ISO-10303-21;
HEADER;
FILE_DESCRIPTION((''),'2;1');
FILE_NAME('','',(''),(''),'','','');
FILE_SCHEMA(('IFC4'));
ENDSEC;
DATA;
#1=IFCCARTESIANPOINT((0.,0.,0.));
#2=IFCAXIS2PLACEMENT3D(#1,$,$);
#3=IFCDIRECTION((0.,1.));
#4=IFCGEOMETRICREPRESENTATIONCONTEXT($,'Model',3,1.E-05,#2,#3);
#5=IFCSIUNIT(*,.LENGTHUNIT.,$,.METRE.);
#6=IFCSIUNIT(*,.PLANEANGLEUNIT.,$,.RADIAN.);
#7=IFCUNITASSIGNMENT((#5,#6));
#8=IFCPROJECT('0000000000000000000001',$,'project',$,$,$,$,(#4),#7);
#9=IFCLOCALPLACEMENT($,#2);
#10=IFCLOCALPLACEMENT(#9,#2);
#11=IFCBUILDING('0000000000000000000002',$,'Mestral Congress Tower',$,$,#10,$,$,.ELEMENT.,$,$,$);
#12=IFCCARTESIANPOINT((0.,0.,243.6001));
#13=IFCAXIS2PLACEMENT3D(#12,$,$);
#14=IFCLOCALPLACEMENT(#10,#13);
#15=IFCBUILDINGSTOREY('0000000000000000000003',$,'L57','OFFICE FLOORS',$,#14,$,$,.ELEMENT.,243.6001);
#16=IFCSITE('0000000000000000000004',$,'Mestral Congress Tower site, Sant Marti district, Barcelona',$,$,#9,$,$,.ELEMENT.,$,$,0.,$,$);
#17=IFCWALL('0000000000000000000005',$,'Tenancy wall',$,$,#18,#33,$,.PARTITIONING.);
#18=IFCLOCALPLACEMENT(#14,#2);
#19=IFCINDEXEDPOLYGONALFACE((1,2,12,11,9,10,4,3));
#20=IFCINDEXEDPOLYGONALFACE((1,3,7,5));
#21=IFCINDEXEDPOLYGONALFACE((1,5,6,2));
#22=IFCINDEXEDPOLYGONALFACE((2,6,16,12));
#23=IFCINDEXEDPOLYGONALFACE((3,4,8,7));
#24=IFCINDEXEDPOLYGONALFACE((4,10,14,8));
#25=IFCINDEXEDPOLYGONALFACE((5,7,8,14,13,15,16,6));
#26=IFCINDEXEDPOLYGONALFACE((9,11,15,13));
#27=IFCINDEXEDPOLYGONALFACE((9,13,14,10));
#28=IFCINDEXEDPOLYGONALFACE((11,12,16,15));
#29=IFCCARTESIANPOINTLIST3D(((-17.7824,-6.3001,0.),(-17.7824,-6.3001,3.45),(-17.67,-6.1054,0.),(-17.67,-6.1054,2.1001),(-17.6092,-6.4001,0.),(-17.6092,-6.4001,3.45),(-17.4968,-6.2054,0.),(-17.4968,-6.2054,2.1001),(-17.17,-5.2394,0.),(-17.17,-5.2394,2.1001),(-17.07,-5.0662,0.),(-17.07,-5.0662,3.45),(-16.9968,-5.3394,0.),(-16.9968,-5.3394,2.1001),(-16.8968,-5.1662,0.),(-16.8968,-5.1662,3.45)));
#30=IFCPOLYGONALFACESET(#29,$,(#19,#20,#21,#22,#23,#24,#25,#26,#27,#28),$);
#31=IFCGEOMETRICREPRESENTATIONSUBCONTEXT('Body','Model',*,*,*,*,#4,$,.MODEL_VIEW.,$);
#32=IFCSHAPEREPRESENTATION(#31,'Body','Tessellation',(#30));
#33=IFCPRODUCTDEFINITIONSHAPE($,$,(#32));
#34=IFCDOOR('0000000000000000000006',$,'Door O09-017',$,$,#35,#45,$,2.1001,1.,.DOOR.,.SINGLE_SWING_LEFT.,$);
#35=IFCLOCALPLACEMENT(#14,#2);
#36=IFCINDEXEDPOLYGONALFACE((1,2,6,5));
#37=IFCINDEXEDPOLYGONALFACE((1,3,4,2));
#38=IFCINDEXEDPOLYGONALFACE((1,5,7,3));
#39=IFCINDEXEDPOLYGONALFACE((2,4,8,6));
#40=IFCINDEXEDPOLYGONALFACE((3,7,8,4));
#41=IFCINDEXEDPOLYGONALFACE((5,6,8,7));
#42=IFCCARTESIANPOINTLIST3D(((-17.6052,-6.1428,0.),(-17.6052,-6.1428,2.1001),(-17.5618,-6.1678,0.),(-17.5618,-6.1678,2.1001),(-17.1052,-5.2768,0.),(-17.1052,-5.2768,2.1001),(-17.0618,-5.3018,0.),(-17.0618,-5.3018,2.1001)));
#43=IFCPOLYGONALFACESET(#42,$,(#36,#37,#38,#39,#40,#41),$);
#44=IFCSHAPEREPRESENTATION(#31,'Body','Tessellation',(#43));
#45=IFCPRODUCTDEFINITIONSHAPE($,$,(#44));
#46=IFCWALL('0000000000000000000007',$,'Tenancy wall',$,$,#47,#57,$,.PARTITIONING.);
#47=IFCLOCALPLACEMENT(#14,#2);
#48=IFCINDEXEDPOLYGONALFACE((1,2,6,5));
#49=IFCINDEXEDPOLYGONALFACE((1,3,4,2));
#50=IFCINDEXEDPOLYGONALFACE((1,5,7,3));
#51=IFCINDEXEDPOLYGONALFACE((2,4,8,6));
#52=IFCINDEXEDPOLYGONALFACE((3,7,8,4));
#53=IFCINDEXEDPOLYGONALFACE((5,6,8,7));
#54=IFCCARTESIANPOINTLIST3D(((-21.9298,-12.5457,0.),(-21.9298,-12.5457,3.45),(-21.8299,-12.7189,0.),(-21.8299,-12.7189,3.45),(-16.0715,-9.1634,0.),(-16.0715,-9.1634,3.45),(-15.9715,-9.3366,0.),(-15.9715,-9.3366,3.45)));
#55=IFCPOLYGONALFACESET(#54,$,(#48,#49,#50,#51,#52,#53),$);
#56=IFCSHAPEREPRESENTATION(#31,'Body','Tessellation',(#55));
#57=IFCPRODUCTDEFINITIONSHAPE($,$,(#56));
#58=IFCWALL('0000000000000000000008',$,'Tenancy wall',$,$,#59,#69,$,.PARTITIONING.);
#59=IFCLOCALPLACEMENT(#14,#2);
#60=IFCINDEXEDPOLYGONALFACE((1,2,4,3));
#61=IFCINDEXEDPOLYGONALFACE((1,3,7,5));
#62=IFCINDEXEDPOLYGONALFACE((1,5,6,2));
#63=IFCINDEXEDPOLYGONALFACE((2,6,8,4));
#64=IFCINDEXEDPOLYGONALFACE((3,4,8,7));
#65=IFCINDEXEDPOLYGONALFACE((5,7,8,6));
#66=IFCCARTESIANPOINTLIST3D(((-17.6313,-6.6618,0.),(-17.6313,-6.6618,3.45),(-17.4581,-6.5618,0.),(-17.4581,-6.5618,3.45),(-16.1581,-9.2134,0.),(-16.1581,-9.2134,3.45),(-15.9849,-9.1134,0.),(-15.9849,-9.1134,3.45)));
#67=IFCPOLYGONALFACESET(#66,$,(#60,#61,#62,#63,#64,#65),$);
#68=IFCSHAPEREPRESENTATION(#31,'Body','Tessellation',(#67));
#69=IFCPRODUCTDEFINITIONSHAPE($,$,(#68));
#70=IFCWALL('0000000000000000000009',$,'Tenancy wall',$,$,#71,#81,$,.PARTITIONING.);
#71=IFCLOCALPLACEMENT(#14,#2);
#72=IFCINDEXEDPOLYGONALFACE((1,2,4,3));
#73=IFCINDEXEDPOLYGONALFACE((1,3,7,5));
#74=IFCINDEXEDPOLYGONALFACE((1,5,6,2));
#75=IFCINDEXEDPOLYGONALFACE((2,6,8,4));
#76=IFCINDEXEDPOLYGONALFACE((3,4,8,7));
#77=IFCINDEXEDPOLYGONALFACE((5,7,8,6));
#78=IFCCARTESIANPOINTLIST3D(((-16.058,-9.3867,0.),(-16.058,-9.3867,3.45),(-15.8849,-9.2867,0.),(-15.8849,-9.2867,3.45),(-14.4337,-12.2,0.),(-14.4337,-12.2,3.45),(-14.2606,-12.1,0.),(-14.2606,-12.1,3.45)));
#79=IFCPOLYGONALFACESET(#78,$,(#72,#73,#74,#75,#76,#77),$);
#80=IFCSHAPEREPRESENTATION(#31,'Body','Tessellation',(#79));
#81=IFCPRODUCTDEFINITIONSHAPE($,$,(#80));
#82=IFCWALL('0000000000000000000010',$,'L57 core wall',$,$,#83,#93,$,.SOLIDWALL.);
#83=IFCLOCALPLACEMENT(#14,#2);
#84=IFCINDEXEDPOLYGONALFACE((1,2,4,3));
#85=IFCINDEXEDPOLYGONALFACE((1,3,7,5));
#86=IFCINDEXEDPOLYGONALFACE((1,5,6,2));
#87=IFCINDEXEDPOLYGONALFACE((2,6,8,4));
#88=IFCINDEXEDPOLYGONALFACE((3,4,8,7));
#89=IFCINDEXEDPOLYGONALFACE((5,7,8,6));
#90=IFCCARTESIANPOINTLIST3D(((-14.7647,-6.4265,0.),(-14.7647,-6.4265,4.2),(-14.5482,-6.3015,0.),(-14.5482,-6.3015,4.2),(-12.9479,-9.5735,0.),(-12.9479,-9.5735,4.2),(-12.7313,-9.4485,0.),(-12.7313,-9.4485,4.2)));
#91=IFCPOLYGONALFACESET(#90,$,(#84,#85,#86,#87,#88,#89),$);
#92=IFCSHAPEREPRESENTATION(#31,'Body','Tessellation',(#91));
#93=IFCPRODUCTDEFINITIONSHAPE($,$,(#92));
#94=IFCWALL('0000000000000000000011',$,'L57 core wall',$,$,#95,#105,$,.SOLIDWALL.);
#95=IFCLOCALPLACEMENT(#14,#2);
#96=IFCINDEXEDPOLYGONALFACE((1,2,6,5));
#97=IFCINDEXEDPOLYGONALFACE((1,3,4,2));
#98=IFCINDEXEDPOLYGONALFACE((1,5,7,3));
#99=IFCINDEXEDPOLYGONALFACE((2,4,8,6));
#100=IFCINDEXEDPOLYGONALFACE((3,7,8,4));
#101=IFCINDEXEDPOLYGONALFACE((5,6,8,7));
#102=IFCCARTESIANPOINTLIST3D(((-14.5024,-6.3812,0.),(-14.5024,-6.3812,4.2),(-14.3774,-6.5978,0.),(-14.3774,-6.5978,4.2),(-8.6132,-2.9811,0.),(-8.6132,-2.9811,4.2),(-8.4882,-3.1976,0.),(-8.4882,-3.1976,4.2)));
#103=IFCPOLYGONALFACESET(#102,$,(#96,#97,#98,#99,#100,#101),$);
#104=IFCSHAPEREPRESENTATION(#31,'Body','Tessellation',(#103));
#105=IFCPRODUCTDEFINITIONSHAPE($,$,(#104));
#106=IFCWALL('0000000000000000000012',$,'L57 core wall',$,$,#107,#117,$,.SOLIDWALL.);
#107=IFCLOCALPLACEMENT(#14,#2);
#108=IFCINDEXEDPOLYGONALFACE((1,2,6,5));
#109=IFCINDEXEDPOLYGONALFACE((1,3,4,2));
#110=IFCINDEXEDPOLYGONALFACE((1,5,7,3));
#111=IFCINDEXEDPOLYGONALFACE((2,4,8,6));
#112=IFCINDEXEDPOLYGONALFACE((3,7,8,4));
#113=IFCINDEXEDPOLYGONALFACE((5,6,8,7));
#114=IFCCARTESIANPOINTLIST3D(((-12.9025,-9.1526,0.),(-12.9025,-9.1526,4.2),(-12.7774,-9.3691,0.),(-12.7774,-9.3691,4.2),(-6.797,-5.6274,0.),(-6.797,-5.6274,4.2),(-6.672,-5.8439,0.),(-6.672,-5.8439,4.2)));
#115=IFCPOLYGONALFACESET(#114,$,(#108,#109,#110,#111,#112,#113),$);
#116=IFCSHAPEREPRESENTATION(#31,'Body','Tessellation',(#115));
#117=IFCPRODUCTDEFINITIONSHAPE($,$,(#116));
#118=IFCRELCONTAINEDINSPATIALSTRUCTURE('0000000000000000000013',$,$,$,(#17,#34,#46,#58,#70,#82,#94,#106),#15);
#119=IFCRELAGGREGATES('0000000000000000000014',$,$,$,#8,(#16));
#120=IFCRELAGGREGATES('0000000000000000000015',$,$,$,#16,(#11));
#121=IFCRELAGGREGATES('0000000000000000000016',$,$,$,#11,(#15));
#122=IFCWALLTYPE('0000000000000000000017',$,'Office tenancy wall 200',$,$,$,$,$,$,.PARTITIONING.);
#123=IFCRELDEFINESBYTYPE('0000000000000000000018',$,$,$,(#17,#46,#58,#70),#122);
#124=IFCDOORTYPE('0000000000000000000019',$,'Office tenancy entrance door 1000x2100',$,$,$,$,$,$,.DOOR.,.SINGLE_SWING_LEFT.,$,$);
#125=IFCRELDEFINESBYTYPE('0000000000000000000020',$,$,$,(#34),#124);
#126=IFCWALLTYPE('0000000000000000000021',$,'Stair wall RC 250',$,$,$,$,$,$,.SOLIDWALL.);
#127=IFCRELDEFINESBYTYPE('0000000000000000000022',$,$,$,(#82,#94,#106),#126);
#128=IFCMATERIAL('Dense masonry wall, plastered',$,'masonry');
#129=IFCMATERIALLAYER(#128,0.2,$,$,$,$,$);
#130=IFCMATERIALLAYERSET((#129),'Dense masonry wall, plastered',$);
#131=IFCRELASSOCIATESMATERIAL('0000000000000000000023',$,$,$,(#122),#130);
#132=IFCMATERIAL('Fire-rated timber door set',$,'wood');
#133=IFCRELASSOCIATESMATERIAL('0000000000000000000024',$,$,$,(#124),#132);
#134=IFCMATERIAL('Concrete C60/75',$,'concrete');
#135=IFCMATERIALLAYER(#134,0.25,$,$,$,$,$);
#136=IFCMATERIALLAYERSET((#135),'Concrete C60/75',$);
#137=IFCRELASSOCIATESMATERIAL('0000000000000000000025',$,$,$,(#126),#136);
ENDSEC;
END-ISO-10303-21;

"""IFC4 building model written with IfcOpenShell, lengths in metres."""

from ifc_helpers import new_model, si_unit, direction, frame, frame_2d, origin, place, context, subcontext, project, spatial, rectangle, extrude, material, layer, layer_set, type_object, element, fill, save


model = new_model("IFC4")

# Units and contexts
model_context = context("Model", 3, precision=1e-05, world=origin(), true_north=direction((0.0, 1.0)))
body_context = subcontext(model_context, "Body", "Model", "MODEL_VIEW")
ifc_project = project(units=[si_unit("LENGTHUNIT", "METRE"), si_unit("PLANEANGLEUNIT", "RADIAN")], contexts=[model_context])

# Site, building, storey
site_placement = place(None, origin())
site = spatial("IfcSite", under=ifc_project, at=site_placement, Name="Mestral Congress Tower site, Sant Marti district, Barcelona", CompositionType="ELEMENT", RefElevation=0.0)
building_placement = place(site_placement, origin())
building = spatial("IfcBuilding", under=site, at=building_placement, Name="Mestral Congress Tower", CompositionType="ELEMENT")
storey_placement = place(building_placement, frame((0.0, 0.0, 243.6001)))
storey = spatial("IfcBuildingStorey", under=building, at=storey_placement, Name="L57", Description="OFFICE FLOORS", CompositionType="ELEMENT", Elevation=243.6001)

# Shared definitions
ifc_material_1 = material(Name="Concrete C60/75", Category="concrete")

# Shared definitions
ifc_material_2 = material(Name="Dense masonry wall, plastered", Category="masonry")
ifc_layer_1 = layer(ifc_material_2, 0.2)
ifc_layer_set_1 = layer_set([ifc_layer_1], Name="Dense masonry wall, plastered")
wall_type_1 = type_object("IfcWallType", Name="Office tenancy wall 200", PredefinedType="PARTITIONING", material=ifc_layer_set_1)

# Wall, opening, door
wall_1_placement = place(storey_placement, frame((-16.9834, -5.1162, 0.0), z_axis=(0.0, 0.0, 1.0), x_axis=(-0.500009, -0.86602, 0.0)))
wall_1 = element("IfcWall", 1, at=wall_1_placement, inside=storey, type_object=wall_type_1, Name="Tenancy wall", PredefinedType="PARTITIONING", context=body_context, shape_type="SweptSolid", body=[
    extrude(rectangle(XDim=1.4248, YDim=0.2, at=frame_2d((0.7124, 0.0))), origin(), (0.0, 0.0, 1.0), 3.45),
])
opening_1_placement = place(wall_1_placement, frame((0.2, 0.0, 0.0)))
opening_1 = element("IfcOpeningElement", 2, at=opening_1_placement, cuts=wall_1, PredefinedType="OPENING", context=body_context, shape_type="SweptSolid", body=[
    extrude(rectangle(XDim=1.0, YDim=2.1001, at=frame_2d((0.5, 1.05))), frame((0.0, 0.1099, 0.0), z_axis=(0.0, -1.0, 0.0), x_axis=(1.0, 0.0, 0.0)), (0.0, 0.0, 1.0), 0.22),
])
ifc_material_3 = material(Name="Fire-rated timber door set", Category="wood")
door_type_1 = type_object("IfcDoorType", Name="Office tenancy entrance door 1000x2100", OperationType="SINGLE_SWING_LEFT", PredefinedType="DOOR", material=ifc_material_3)
door_1_placement = place(opening_1_placement, origin())
door_1 = element("IfcDoor", 3, at=door_1_placement, inside=storey, type_object=door_type_1, Name="Door O09-017", OperationType="SINGLE_SWING_LEFT", OverallHeight=2.1001, OverallWidth=1.0, PredefinedType="DOOR", context=body_context, shape_type="SweptSolid", body=[
    extrude(rectangle(XDim=1.0, YDim=2.1001, at=frame_2d((0.5, 1.05))), frame((0.0, 0.0249, 0.0), z_axis=(0.0, -1.0, 0.0), x_axis=(1.0, 0.0, 0.0)), (0.0, 0.0, 1.0), 0.05),
])
fill(opening_1, door_1)

# Walls
wall_2_placement = place(storey_placement, frame((-16.0215, -9.25, 0.0), z_axis=(0.0, 0.0, 1.0), x_axis=(-0.866027, -0.499997, 0.0)))
element("IfcWall", 4, at=wall_2_placement, inside=storey, type_object=wall_type_1, Name="Tenancy wall", PredefinedType="PARTITIONING", context=body_context, shape_type="SweptSolid", body=[
    extrude(rectangle(XDim=6.7646, YDim=0.2, at=frame_2d((3.3823, 0.0))), origin(), (0.0, 0.0, 1.0), 3.45),
])
wall_3_placement = place(storey_placement, frame((-17.5447, -6.6118, 0.0), z_axis=(0.0, 0.0, 1.0), x_axis=(0.500007, -0.866021, 0.0)))
element("IfcWall", 5, at=wall_3_placement, inside=storey, type_object=wall_type_1, Name="Tenancy wall", PredefinedType="PARTITIONING", context=body_context, shape_type="SweptSolid", body=[
    extrude(rectangle(XDim=2.9463, YDim=0.2, at=frame_2d((1.4731, 0.0))), origin(), (0.0, 0.0, 1.0), 3.45),
])
wall_4_placement = place(storey_placement, frame((-15.9714, -9.3367, 0.0), z_axis=(0.0, 0.0, 1.0), x_axis=(0.500011, -0.866019, 0.0)))
element("IfcWall", 6, at=wall_4_placement, inside=storey, type_object=wall_type_1, Name="Tenancy wall", PredefinedType="PARTITIONING", context=body_context, shape_type="SweptSolid", body=[
    extrude(rectangle(XDim=3.2485, YDim=0.2, at=frame_2d((1.6243, 0.0))), origin(), (0.0, 0.0, 1.0), 3.45),
])
ifc_layer_2 = layer(ifc_material_1, 0.25)
ifc_layer_set_2 = layer_set([ifc_layer_2], Name="Concrete C60/75")
wall_type_2 = type_object("IfcWallType", Name="Stair wall RC 250", PredefinedType="SOLIDWALL", material=ifc_layer_set_2)
wall_5_placement = place(storey_placement, frame((-12.8396, -9.511, 0.0), z_axis=(0.0, 0.0, 1.0), x_axis=(-0.499998, 0.866027, 0.0)))
element("IfcWall", 7, at=wall_5_placement, inside=storey, type_object=wall_type_2, Name="L57 core wall", PredefinedType="SOLIDWALL", context=body_context, shape_type="SweptSolid", body=[
    extrude(rectangle(XDim=3.6338, YDim=0.25, at=frame_2d((1.8169, 0.0))), origin(), (0.0, 0.0, 1.0), 4.2),
])
wall_6_placement = place(storey_placement, frame((-14.4399, -6.4895, 0.0), z_axis=(0.0, 0.0, 1.0), x_axis=(0.866023, 0.500004, 0.0)))
element("IfcWall", 8, at=wall_6_placement, inside=storey, type_object=wall_type_2, Name="L57 core wall", PredefinedType="SOLIDWALL", context=body_context, shape_type="SweptSolid", body=[
    extrude(rectangle(XDim=6.8003, YDim=0.25, at=frame_2d((3.4001, 0.0))), origin(), (0.0, 0.0, 1.0), 4.2),
])
wall_7_placement = place(storey_placement, frame((-12.8398, -9.2607, 0.0), z_axis=(0.0, 0.0, 1.0), x_axis=(0.866016, 0.500016, 0.0)))
element("IfcWall", 9, at=wall_7_placement, inside=storey, type_object=wall_type_2, Name="L57 core wall", PredefinedType="SOLIDWALL", context=body_context, shape_type="SweptSolid", body=[
    extrude(rectangle(XDim=7.05, YDim=0.25, at=frame_2d((3.5249, 0.0))), origin(), (0.0, 0.0, 1.0), 4.2),
])

save(model, "model.ifc")
